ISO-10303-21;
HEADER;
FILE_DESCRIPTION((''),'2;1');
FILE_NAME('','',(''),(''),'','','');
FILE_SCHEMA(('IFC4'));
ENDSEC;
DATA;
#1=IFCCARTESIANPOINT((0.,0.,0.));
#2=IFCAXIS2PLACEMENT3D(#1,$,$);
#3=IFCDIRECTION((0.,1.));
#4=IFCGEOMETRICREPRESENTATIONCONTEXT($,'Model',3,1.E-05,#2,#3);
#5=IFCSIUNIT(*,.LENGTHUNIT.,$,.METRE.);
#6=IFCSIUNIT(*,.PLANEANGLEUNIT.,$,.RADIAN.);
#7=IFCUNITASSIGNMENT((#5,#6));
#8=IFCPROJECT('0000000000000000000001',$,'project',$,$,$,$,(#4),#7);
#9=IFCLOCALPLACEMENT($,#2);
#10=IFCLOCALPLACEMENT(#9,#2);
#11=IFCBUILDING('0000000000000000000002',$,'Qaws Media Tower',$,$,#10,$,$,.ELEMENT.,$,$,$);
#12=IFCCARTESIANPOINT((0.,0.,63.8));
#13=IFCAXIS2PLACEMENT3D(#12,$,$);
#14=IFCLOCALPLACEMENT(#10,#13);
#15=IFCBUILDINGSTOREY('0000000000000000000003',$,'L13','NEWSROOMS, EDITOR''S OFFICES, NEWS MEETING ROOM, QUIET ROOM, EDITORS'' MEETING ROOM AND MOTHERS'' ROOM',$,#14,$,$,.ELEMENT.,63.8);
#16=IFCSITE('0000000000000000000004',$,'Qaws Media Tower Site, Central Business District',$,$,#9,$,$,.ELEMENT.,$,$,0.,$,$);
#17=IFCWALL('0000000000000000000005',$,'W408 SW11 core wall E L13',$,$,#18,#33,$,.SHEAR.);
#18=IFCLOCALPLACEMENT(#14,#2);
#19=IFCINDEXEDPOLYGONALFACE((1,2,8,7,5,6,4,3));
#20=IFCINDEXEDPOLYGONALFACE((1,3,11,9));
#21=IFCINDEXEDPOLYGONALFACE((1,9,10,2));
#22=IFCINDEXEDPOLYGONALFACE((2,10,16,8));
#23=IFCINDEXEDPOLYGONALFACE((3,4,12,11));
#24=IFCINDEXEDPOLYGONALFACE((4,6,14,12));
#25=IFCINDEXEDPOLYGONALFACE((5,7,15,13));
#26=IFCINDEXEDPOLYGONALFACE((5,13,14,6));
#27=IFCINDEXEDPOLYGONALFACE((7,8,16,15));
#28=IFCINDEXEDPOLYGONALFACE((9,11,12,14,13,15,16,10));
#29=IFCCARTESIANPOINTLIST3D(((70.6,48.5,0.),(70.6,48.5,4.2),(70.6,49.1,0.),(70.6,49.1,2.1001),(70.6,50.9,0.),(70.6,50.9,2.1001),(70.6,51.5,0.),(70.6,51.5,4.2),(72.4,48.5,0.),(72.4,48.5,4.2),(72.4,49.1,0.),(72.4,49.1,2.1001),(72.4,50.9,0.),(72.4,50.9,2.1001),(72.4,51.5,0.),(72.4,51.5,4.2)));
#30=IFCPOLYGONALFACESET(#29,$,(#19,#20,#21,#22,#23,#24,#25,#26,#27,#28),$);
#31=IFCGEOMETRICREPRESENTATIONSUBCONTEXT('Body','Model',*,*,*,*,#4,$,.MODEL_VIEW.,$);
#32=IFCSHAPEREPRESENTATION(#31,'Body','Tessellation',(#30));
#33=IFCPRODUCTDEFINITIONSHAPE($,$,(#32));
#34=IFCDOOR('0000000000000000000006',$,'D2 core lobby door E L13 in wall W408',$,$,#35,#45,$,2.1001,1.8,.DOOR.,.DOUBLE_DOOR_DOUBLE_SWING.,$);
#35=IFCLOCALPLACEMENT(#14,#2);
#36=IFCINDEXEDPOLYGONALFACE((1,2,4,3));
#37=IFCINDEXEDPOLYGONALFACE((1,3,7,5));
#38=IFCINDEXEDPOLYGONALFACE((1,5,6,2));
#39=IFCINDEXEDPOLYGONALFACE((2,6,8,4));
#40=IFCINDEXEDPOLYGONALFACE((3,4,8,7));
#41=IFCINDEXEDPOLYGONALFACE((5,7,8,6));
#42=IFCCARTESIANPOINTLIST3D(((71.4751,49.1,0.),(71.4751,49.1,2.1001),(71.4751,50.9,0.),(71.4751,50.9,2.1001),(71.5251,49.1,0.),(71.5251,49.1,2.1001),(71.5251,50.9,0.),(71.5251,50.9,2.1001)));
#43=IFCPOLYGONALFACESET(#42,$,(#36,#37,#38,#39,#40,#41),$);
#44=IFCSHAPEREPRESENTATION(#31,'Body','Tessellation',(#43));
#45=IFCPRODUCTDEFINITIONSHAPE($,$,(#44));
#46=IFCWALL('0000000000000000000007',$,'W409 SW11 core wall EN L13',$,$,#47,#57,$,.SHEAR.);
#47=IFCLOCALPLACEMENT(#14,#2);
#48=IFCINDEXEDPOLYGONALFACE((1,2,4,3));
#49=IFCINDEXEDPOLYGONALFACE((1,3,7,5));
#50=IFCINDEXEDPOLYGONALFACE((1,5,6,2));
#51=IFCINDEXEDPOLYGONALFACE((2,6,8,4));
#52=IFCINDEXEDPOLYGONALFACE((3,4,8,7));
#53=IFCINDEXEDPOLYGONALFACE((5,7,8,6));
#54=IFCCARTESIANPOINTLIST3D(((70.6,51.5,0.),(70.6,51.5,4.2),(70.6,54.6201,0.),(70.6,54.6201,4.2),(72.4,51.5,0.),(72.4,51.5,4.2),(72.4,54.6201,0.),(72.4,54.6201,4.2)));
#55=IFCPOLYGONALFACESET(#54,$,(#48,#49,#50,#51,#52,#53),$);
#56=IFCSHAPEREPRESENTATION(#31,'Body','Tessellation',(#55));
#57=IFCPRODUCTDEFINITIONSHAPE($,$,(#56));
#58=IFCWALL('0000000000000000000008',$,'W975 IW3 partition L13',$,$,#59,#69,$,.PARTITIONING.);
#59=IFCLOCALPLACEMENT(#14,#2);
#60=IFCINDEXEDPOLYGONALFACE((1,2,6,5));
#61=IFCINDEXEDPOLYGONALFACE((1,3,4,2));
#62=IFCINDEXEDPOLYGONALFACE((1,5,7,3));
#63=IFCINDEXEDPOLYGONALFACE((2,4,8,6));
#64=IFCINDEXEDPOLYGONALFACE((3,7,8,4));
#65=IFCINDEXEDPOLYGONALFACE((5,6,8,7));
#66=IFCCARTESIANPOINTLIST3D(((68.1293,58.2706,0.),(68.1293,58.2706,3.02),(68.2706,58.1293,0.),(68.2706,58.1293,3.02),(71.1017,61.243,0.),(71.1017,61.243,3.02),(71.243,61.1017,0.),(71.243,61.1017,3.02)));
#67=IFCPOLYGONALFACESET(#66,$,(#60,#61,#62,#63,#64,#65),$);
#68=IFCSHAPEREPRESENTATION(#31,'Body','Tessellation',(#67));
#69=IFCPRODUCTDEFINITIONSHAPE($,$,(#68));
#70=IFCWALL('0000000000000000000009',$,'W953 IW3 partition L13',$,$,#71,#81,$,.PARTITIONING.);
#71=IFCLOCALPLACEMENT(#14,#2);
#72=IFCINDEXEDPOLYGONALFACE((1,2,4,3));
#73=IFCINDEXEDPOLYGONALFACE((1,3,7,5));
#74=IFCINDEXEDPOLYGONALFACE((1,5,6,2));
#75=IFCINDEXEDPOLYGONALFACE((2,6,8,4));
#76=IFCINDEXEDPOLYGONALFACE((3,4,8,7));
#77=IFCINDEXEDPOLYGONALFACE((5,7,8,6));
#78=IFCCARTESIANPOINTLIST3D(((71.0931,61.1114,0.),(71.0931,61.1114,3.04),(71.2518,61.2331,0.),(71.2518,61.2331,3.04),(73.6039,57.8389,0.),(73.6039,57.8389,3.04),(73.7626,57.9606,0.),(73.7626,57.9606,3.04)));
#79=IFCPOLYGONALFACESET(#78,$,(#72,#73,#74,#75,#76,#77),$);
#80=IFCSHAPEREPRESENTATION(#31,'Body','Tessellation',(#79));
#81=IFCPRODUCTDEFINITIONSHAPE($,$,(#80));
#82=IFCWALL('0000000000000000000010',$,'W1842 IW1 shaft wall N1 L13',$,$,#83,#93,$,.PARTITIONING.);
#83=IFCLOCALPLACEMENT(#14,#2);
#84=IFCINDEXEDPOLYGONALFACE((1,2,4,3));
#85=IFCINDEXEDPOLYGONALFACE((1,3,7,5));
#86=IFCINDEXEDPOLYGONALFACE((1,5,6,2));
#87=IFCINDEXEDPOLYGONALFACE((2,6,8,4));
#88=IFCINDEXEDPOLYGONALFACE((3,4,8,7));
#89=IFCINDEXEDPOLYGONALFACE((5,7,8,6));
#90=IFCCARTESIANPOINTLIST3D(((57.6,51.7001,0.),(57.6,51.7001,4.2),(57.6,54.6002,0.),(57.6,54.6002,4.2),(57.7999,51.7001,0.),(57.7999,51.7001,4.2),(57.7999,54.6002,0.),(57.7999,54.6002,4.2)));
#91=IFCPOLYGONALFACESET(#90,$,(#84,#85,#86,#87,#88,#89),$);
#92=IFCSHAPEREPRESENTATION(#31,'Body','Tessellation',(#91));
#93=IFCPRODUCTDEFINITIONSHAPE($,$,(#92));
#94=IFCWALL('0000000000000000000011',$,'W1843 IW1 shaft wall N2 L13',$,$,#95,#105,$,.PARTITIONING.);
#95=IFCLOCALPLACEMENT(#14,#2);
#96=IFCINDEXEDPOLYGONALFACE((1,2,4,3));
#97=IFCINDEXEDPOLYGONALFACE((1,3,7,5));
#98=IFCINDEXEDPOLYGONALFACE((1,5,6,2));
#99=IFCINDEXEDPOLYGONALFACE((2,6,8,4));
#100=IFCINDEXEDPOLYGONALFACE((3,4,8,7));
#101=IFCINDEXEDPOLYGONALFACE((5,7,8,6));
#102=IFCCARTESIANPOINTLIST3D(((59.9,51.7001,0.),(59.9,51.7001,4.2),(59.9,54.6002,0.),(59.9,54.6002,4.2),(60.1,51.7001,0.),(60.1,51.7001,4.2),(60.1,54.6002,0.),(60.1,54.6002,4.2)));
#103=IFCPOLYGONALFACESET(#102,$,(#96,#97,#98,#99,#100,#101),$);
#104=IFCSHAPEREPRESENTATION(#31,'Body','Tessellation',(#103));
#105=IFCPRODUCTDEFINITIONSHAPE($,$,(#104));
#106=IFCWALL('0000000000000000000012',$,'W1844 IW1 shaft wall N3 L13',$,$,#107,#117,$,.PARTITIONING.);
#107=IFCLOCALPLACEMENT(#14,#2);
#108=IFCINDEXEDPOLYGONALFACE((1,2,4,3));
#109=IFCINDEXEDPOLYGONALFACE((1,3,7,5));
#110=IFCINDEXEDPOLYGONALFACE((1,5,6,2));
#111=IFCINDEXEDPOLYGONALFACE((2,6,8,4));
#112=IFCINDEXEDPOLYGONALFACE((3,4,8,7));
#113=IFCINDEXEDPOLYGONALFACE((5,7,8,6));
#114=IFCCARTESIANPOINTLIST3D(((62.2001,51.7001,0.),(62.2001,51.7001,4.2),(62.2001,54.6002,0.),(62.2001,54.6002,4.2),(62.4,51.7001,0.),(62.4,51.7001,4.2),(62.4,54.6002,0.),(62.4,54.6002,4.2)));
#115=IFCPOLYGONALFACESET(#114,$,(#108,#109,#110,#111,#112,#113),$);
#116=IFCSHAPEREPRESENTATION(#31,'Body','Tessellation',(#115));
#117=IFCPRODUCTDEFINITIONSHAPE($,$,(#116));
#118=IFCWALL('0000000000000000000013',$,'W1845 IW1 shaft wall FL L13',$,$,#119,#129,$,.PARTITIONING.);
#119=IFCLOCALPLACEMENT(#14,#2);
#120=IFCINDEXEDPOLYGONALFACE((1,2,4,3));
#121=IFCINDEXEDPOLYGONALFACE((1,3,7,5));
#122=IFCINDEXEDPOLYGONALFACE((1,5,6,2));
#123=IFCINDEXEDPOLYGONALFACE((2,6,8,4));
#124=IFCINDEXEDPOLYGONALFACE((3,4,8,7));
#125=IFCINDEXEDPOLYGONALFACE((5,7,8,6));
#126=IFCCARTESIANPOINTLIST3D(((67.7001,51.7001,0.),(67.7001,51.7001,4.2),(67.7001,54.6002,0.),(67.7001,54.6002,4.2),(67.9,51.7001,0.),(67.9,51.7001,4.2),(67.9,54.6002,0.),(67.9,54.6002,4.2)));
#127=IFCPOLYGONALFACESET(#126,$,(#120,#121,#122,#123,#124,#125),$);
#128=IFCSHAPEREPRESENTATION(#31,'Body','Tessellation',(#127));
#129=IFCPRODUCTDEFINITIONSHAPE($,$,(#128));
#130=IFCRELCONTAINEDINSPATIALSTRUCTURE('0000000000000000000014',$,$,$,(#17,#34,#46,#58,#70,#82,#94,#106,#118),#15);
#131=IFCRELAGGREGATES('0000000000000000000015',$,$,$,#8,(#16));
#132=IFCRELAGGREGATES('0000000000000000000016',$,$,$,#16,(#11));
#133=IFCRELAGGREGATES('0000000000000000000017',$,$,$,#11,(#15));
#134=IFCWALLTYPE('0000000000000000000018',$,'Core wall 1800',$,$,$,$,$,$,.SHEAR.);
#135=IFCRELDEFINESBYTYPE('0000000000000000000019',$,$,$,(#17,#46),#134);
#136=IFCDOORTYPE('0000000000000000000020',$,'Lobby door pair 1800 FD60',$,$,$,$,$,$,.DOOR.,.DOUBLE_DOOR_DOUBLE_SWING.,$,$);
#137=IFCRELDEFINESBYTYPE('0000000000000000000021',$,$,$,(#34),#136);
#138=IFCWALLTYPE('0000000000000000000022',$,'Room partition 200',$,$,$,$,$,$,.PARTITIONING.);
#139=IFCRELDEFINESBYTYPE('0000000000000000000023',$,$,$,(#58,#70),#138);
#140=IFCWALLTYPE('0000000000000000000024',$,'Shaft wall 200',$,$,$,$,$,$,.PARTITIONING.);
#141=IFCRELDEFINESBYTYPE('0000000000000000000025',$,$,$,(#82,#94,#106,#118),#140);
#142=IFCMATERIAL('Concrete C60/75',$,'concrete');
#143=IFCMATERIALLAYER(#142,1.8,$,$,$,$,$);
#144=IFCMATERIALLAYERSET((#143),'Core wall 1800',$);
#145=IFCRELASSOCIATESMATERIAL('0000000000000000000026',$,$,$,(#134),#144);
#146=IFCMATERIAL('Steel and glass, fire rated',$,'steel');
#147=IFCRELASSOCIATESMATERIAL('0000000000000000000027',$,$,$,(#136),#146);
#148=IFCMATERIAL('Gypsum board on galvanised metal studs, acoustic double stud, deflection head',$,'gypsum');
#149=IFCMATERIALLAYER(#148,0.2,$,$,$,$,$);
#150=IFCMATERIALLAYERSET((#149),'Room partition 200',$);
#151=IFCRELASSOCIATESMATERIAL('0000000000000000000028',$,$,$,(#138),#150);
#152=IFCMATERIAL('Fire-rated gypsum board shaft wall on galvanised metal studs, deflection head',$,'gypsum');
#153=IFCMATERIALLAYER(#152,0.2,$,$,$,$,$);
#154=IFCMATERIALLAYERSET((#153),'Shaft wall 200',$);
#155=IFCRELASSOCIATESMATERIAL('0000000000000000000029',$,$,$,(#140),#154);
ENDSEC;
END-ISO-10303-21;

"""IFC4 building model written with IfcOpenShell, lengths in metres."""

from ifc_helpers import new_model, si_unit, direction, frame, frame_2d, origin, place, context, subcontext, project, spatial, rectangle, extrude, material, layer, layer_set, type_object, element, fill, save


model = new_model("IFC4")

# Units and contexts
model_context = context("Model", 3, precision=1e-05, world=origin(), true_north=direction((0.0, 1.0)))
body_context = subcontext(model_context, "Body", "Model", "MODEL_VIEW")
ifc_project = project(units=[si_unit("LENGTHUNIT", "METRE"), si_unit("PLANEANGLEUNIT", "RADIAN")], contexts=[model_context])

# Site, building, storey
site_placement = place(None, origin())
site = spatial("IfcSite", under=ifc_project, at=site_placement, Name="Qaws Media Tower Site, Central Business District", CompositionType="ELEMENT", RefElevation=0.0)
building_placement = place(site_placement, origin())
building = spatial("IfcBuilding", under=site, at=building_placement, Name="Qaws Media Tower", CompositionType="ELEMENT")
storey_placement = place(building_placement, frame((0.0, 0.0, 63.8)))
storey = spatial("IfcBuildingStorey", under=building, at=storey_placement, Name="L13", Description="NEWSROOMS, EDITOR'S OFFICES, NEWS MEETING ROOM, QUIET ROOM, EDITORS' MEETING ROOM AND MOTHERS' ROOM", CompositionType="ELEMENT", Elevation=63.8)

# Shared definitions
ifc_material_1 = material(Name="Concrete C60/75", Category="concrete")
ifc_layer_1 = layer(ifc_material_1, 1.8)
ifc_layer_set_1 = layer_set([ifc_layer_1], Name="Core wall 1800")
wall_type_1 = type_object("IfcWallType", Name="Core wall 1800", PredefinedType="SHEAR", material=ifc_layer_set_1)

# Wall, opening, door
wall_1_placement = place(storey_placement, frame((71.5, 48.5, 0.0), z_axis=(0.0, 0.0, 1.0), x_axis=(0.0, 1.0, 0.0)))
wall_1 = element("IfcWall", 1, at=wall_1_placement, inside=storey, type_object=wall_type_1, Name="W408 SW11 core wall E L13", PredefinedType="SHEAR", context=body_context, shape_type="SweptSolid", body=[
    extrude(rectangle(XDim=3.0, YDim=1.8, at=frame_2d((1.5, 0.0))), origin(), (0.0, 0.0, 1.0), 4.2),
])
opening_1_placement = place(wall_1_placement, frame((0.6001, 0.0, 0.0)))
opening_1 = element("IfcOpeningElement", 2, at=opening_1_placement, cuts=wall_1, PredefinedType="OPENING", context=body_context, shape_type="SweptSolid", body=[
    extrude(rectangle(XDim=1.8, YDim=2.1001, at=frame_2d((0.8999, 1.05))), frame((0.0, 0.9099, 0.0), z_axis=(0.0, -1.0, 0.0), x_axis=(1.0, 0.0, 0.0)), (0.0, 0.0, 1.0), 1.8201),
])
ifc_material_2 = material(Name="Steel and glass, fire rated", Category="steel")
door_type_1 = type_object("IfcDoorType", Name="Lobby door pair 1800 FD60", OperationType="DOUBLE_DOOR_DOUBLE_SWING", PredefinedType="DOOR", material=ifc_material_2)
door_1_placement = place(opening_1_placement, origin())
door_1 = element("IfcDoor", 3, at=door_1_placement, inside=storey, type_object=door_type_1, Name="D2 core lobby door E L13 in wall W408", OperationType="DOUBLE_DOOR_DOUBLE_SWING", OverallHeight=2.1001, OverallWidth=1.8, PredefinedType="DOOR", context=body_context, shape_type="SweptSolid", body=[
    extrude(rectangle(XDim=1.8, YDim=2.1001, at=frame_2d((0.8999, 1.05))), frame((0.0, 0.0249, 0.0), z_axis=(0.0, -1.0, 0.0), x_axis=(1.0, 0.0, 0.0)), (0.0, 0.0, 1.0), 0.05),
])
fill(opening_1, door_1)

# Walls
wall_2_placement = place(storey_placement, frame((71.5, 51.5, 0.0), z_axis=(0.0, 0.0, 1.0), x_axis=(0.0, 1.0, 0.0)))
element("IfcWall", 4, at=wall_2_placement, inside=storey, type_object=wall_type_1, Name="W409 SW11 core wall EN L13", PredefinedType="SHEAR", context=body_context, shape_type="SweptSolid", body=[
    extrude(rectangle(XDim=3.1201, YDim=1.8, at=frame_2d((1.5601, 0.0))), origin(), (0.0, 0.0, 1.0), 4.2),
])
ifc_material_3 = material(Name="Gypsum board on galvanised metal studs, acoustic double stud, deflection head", Category="gypsum")
ifc_layer_2 = layer(ifc_material_3, 0.2)
ifc_layer_set_2 = layer_set([ifc_layer_2], Name="Room partition 200")
wall_type_2 = type_object("IfcWallType", Name="Room partition 200", PredefinedType="PARTITIONING", material=ifc_layer_set_2)
wall_3_placement = place(storey_placement, frame((68.2, 58.2, 0.0), z_axis=(0.0, 0.0, 1.0), x_axis=(0.707107, 0.707107, 0.0)))
element("IfcWall", 5, at=wall_3_placement, inside=storey, type_object=wall_type_2, Name="W975 IW3 partition L13", PredefinedType="PARTITIONING", context=body_context, shape_type="SweptSolid", body=[
    extrude(rectangle(XDim=4.2036, YDim=0.2, at=frame_2d((2.1018, 0.0))), origin(), (0.0, 0.0, 1.0), 3.02),
])
wall_4_placement = place(storey_placement, frame((71.1724, 61.1724, 0.0), z_axis=(0.0, 0.0, 1.0), x_axis=(0.608715, -0.793389, 0.0)))
element("IfcWall", 6, at=wall_4_placement, inside=storey, type_object=wall_type_2, Name="W953 IW3 partition L13", PredefinedType="PARTITIONING", context=body_context, shape_type="SweptSolid", body=[
    extrude(rectangle(XDim=4.1248, YDim=0.2, at=frame_2d((2.0625, 0.0))), origin(), (0.0, 0.0, 1.0), 3.04),
])
ifc_material_4 = material(Name="Fire-rated gypsum board shaft wall on galvanised metal studs, deflection head", Category="gypsum")
ifc_layer_3 = layer(ifc_material_4, 0.2)
ifc_layer_set_3 = layer_set([ifc_layer_3], Name="Shaft wall 200")
wall_type_3 = type_object("IfcWallType", Name="Shaft wall 200", PredefinedType="PARTITIONING", material=ifc_layer_set_3)
for number, where, z_axis, x_axis, name in (
    (7, (57.7, 51.7, 0.0), (0.0, 0.0, 1.0), (0.0, 1.0, 0.0), "W1842 IW1 shaft wall N1 L13"),
    (8, (60.0, 51.7, 0.0), (0.0, 0.0, 1.0), (0.0, 1.0, 0.0), "W1843 IW1 shaft wall N2 L13"),
    (9, (62.3, 51.7, 0.0), (0.0, 0.0, 1.0), (0.0, 1.0, 0.0), "W1844 IW1 shaft wall N3 L13"),
    (10, (67.8, 51.7, 0.0), (0.0, 0.0, 1.0), (0.0, 1.0, 0.0), "W1845 IW1 shaft wall FL L13"),
):
    element("IfcWall", number, at=place(storey_placement, frame(where, z_axis=z_axis, x_axis=x_axis)), inside=storey, type_object=wall_type_3, Name=name, PredefinedType="PARTITIONING", context=body_context, shape_type="SweptSolid", body=[
        extrude(rectangle(XDim=2.9001, YDim=0.2, at=frame_2d((1.4502, 0.0))), origin(), (0.0, 0.0, 1.0), 4.2),
    ])

save(model, "model.ifc")
